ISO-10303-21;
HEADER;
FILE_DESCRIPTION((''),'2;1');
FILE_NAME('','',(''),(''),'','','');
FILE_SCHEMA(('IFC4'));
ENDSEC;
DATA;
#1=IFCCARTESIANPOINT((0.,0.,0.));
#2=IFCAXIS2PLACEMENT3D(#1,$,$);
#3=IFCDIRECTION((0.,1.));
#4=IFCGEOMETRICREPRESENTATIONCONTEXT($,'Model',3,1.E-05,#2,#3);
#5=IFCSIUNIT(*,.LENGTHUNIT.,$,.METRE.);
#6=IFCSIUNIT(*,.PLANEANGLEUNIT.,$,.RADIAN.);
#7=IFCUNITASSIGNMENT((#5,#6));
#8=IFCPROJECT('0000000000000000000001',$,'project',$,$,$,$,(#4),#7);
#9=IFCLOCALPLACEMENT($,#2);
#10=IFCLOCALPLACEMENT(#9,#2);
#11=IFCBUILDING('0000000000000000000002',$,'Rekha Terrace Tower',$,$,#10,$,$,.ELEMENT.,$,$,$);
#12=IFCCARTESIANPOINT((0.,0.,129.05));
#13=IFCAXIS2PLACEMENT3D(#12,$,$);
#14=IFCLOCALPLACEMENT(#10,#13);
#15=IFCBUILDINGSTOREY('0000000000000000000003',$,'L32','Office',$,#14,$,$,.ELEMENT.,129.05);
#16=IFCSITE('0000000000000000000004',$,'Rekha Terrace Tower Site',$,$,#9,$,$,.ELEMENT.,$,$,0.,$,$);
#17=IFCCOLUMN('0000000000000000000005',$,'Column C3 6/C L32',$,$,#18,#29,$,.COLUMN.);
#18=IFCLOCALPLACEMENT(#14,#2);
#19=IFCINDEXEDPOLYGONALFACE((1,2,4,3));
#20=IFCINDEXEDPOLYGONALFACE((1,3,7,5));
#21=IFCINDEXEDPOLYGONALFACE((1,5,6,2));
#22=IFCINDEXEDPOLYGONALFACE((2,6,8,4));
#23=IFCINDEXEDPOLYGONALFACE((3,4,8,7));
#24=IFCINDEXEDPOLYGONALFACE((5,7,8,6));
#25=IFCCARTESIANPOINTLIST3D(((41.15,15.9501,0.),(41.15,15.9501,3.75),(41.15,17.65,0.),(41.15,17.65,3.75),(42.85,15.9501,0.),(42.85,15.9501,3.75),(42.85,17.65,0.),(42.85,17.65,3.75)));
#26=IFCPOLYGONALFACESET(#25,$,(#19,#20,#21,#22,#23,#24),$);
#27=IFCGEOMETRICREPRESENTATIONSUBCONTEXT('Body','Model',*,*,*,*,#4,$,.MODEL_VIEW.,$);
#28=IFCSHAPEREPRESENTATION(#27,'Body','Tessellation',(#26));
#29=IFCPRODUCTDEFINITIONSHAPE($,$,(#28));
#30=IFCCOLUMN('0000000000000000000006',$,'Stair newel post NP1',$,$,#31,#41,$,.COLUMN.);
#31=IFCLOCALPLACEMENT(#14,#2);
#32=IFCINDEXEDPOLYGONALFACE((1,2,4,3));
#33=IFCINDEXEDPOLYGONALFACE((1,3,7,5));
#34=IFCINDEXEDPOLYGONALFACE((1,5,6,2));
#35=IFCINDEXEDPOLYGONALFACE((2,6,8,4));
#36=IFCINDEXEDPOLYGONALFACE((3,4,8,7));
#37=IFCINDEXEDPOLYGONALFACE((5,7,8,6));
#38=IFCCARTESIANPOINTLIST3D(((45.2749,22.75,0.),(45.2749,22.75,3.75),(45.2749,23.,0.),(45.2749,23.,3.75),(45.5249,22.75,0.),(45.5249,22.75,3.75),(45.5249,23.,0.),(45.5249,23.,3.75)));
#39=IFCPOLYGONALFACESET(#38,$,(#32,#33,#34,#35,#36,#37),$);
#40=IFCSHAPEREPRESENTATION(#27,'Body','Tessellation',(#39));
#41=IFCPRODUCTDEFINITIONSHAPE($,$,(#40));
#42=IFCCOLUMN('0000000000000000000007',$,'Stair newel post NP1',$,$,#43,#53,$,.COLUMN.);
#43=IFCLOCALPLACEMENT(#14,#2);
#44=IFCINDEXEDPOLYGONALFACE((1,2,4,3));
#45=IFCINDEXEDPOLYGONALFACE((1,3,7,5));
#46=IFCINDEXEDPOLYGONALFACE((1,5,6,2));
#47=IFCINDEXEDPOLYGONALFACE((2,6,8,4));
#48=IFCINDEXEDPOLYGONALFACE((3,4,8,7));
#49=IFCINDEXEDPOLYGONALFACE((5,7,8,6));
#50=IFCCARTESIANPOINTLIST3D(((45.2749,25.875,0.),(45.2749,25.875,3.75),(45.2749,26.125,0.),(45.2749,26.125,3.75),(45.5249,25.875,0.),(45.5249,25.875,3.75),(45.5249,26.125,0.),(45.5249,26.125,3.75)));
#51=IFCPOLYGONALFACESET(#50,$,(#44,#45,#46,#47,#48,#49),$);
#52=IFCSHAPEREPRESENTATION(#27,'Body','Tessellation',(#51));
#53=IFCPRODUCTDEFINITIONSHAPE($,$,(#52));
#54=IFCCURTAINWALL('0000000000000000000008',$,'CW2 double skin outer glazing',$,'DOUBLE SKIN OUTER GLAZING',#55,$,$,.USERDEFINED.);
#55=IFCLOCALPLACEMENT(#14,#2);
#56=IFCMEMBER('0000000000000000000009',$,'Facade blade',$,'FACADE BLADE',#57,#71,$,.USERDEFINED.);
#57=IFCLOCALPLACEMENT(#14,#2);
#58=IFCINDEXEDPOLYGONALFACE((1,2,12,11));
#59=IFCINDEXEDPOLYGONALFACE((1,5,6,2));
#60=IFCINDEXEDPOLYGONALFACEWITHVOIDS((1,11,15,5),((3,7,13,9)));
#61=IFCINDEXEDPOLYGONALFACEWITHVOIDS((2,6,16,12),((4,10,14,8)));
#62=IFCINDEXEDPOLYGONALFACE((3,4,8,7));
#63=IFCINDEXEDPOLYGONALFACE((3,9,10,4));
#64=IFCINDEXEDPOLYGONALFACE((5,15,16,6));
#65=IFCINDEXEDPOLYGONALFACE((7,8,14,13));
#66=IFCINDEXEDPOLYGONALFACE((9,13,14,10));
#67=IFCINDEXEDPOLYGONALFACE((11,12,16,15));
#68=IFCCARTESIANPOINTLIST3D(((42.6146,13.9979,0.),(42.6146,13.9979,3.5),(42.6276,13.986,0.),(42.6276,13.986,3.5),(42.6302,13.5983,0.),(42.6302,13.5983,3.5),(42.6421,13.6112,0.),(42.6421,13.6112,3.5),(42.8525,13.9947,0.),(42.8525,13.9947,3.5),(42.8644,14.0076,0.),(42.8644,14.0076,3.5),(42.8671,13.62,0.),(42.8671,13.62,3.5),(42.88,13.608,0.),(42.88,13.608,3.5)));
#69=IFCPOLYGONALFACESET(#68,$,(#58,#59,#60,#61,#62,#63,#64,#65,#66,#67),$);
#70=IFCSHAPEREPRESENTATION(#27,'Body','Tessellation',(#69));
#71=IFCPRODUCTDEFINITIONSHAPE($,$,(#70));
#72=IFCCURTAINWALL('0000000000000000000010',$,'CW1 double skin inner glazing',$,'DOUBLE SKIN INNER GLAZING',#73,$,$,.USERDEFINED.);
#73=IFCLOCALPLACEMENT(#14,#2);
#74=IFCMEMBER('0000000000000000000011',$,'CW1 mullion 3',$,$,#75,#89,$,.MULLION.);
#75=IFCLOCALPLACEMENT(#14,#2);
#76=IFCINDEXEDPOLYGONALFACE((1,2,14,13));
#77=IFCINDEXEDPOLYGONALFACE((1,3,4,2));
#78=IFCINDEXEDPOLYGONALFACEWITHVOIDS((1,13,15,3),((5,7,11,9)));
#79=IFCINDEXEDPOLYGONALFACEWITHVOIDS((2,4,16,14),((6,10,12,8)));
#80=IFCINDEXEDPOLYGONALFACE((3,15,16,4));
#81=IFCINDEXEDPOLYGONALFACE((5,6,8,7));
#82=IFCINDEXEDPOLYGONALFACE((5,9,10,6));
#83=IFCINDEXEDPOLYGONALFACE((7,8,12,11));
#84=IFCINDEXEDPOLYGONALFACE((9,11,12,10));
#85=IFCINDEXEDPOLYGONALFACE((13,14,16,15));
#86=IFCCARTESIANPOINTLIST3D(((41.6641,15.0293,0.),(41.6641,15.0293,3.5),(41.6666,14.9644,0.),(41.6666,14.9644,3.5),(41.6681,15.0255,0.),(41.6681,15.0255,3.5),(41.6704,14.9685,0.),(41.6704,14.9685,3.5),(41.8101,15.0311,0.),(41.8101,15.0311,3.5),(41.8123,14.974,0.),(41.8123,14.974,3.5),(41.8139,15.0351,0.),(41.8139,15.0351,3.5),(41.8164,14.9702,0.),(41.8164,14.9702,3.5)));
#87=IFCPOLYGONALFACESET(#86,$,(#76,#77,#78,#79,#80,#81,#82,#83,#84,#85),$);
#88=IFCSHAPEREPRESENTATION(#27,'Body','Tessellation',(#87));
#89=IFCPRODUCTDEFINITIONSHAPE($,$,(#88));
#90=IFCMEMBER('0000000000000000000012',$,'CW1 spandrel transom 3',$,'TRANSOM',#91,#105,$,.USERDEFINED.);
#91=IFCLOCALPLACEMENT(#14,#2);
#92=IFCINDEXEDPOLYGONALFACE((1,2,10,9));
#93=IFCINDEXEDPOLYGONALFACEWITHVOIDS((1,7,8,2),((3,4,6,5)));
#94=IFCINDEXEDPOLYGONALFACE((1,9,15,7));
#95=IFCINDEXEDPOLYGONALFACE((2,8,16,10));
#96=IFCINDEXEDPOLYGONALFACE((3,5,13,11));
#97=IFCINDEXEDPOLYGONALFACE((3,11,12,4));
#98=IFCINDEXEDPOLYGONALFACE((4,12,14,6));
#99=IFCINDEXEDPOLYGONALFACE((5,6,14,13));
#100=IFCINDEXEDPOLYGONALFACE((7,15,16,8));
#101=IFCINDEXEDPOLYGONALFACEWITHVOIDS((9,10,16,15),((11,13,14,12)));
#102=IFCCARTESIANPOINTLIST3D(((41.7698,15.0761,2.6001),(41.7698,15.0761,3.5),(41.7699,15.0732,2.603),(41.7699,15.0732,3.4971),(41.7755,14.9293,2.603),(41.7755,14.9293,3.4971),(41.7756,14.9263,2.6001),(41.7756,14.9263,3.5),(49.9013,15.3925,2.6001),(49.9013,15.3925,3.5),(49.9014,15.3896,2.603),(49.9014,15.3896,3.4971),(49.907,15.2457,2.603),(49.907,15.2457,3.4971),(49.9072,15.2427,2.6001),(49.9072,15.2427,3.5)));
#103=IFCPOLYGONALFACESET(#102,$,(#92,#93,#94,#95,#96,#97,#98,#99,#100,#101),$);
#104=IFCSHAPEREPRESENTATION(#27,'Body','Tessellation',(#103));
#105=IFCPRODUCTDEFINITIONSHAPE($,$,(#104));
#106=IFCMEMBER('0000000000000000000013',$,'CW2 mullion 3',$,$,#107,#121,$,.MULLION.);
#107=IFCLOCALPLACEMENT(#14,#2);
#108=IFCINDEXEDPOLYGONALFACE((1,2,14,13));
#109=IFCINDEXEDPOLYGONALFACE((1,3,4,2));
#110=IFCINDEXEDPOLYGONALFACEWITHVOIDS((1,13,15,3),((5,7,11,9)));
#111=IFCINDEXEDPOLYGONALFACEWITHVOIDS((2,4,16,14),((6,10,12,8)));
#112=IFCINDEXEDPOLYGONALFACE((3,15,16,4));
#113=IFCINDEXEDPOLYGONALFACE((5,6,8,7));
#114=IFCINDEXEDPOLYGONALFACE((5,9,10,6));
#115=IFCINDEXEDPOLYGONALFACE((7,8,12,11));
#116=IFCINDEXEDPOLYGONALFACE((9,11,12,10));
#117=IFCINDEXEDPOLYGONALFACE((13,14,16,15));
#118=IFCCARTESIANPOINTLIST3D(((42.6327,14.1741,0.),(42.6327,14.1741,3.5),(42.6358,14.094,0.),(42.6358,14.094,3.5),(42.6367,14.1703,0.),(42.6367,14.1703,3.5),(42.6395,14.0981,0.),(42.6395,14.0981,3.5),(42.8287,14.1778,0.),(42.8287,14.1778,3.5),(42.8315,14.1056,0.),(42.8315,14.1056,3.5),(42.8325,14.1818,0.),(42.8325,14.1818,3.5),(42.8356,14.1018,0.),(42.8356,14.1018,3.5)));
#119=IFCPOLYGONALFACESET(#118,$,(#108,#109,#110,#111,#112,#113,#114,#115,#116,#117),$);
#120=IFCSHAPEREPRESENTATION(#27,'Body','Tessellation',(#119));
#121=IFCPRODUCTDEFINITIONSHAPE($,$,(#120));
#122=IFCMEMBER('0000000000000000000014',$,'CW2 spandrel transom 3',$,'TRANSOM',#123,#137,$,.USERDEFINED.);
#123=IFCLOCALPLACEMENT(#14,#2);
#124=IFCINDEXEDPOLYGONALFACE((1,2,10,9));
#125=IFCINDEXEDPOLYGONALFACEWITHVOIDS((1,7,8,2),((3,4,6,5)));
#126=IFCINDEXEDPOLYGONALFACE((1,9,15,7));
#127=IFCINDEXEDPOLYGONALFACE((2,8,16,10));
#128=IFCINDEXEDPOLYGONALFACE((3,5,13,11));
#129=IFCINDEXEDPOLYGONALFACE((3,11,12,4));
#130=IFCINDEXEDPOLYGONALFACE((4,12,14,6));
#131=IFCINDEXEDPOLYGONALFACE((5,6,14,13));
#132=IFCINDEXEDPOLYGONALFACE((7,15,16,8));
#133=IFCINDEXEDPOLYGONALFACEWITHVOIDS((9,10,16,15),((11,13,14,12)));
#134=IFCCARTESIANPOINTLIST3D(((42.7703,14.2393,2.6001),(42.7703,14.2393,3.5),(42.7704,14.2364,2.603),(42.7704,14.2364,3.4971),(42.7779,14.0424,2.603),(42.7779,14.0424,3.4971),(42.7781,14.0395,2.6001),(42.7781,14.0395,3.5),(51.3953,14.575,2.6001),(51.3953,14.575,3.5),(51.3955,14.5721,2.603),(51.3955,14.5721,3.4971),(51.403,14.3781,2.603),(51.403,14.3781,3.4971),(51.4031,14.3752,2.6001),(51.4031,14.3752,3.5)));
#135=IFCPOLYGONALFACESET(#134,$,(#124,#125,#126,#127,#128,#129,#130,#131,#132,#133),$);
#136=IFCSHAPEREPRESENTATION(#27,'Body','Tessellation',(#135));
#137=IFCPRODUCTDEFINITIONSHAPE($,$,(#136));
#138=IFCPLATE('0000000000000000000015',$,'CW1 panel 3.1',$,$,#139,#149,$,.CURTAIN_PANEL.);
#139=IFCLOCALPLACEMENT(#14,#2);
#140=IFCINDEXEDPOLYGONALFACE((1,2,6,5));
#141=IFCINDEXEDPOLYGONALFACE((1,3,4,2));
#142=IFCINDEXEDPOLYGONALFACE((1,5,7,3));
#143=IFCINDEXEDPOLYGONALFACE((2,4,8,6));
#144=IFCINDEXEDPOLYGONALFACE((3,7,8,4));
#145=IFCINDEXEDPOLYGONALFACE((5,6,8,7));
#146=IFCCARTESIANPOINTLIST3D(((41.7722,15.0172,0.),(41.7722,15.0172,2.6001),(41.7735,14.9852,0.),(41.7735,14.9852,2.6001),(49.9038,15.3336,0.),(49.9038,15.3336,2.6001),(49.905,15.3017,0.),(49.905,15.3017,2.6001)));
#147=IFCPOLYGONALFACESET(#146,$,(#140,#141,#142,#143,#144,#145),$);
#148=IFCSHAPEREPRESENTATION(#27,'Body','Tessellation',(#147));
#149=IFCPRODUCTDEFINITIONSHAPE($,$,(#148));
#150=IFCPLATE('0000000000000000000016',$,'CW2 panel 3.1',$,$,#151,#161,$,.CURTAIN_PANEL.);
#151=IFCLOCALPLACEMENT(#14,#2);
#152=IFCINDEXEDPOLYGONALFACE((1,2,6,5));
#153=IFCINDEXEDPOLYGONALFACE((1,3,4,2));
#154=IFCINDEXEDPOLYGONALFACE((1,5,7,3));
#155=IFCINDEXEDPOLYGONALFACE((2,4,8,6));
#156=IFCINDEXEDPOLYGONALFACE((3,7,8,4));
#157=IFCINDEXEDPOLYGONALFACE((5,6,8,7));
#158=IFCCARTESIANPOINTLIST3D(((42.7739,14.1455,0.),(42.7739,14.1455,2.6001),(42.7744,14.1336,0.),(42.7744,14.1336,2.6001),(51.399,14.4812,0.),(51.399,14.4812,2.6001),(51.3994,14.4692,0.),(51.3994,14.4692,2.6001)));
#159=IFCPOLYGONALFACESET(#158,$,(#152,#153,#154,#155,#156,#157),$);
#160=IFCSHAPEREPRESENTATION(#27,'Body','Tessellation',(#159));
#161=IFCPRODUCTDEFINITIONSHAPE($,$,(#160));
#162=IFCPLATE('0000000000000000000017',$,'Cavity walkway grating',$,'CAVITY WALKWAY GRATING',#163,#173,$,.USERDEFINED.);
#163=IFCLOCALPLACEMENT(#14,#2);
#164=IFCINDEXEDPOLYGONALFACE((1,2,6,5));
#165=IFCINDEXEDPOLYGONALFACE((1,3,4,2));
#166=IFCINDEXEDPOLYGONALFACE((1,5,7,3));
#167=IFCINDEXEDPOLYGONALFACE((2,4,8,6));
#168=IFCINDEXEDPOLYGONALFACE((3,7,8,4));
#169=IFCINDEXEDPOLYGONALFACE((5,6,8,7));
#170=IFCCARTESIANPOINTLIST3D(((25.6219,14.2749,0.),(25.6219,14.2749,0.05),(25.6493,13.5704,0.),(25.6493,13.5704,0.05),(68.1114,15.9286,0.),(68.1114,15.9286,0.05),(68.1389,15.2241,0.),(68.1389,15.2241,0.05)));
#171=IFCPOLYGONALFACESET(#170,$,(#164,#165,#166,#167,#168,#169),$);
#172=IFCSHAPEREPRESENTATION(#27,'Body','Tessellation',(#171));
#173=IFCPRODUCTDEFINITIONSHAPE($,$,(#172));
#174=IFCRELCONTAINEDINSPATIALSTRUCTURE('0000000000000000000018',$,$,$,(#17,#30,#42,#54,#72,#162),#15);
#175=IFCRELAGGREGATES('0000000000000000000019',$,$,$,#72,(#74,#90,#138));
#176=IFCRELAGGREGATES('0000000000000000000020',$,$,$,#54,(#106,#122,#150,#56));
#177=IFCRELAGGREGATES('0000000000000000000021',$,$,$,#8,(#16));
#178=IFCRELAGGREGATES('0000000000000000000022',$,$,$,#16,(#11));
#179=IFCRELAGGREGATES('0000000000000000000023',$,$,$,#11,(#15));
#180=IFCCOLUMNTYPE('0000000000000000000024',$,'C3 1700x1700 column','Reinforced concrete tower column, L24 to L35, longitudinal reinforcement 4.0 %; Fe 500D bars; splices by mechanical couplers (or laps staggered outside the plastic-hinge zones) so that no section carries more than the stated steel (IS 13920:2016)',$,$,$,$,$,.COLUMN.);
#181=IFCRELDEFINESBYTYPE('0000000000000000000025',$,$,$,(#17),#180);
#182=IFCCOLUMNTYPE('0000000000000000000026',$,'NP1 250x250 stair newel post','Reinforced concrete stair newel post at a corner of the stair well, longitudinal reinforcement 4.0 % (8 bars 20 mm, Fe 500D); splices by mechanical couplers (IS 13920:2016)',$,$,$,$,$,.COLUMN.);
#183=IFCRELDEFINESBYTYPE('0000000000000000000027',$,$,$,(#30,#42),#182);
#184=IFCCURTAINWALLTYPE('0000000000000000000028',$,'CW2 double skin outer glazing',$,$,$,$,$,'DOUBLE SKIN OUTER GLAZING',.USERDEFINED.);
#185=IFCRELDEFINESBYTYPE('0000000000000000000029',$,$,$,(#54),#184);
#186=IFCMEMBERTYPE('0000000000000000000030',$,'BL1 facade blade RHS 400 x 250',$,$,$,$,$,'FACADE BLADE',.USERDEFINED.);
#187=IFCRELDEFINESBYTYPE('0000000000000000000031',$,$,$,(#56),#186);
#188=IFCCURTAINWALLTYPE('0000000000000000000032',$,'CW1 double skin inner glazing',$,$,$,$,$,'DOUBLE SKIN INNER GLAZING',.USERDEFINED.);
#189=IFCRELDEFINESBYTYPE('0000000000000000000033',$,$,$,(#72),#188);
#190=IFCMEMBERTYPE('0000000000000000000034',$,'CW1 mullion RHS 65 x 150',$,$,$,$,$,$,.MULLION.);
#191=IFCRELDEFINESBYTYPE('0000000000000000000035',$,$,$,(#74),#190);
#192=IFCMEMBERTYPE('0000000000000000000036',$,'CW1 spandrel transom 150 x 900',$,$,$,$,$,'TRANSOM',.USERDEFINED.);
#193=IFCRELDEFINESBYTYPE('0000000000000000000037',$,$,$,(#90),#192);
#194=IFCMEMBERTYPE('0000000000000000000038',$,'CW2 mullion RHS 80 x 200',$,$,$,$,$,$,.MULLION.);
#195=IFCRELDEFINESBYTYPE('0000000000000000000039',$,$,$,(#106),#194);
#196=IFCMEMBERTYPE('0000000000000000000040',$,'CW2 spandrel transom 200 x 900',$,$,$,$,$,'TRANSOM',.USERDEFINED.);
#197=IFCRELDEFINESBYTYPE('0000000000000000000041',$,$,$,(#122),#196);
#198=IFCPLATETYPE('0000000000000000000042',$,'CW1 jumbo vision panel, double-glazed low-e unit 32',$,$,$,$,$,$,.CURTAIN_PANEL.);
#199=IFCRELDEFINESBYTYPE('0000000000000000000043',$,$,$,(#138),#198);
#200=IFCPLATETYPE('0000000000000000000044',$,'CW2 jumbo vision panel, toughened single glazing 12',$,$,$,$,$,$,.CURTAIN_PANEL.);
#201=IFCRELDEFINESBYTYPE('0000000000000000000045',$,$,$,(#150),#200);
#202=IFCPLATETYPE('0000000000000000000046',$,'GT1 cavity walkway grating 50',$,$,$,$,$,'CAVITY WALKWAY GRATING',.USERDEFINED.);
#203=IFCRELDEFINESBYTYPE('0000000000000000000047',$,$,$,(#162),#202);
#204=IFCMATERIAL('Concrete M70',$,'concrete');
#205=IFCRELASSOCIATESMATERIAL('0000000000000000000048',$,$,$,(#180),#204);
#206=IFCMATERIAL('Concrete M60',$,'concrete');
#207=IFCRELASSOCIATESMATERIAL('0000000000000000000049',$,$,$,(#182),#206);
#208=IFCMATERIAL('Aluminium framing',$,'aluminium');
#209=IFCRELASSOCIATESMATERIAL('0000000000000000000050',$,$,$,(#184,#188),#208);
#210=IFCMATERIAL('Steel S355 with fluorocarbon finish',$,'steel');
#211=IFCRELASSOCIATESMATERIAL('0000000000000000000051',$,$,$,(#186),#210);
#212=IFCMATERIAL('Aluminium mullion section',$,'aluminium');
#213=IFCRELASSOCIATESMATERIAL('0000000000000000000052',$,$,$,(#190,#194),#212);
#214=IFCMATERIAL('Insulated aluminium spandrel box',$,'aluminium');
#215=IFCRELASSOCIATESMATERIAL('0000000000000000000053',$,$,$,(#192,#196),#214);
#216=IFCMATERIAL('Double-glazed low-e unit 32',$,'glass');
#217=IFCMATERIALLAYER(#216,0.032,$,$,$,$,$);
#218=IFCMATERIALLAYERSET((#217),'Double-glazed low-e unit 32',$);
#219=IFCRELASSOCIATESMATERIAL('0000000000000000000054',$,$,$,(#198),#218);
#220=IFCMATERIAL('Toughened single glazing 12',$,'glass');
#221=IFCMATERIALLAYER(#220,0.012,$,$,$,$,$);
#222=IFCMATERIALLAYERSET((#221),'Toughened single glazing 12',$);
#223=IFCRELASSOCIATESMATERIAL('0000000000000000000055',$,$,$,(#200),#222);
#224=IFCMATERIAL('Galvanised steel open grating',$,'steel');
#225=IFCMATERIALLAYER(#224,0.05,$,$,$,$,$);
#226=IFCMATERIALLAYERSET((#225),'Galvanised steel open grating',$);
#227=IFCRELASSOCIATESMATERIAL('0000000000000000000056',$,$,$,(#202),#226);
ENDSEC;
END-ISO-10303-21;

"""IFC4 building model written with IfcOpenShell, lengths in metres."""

from ifc_helpers import new_model, si_unit, direction, frame, origin, origin_2d, place, context, subcontext, project, spatial, rectangle, hollow_rectangle, extrude, material, layer, layer_set, material_profile, profile_set, type_object, element, aggregate, save


model = new_model("IFC4")

# Units and contexts
model_context = context("Model", 3, precision=1e-05, world=origin(), true_north=direction((0.0, 1.0)))
body_context = subcontext(model_context, "Body", "Model", "MODEL_VIEW")
ifc_project = project(units=[si_unit("LENGTHUNIT", "METRE"), si_unit("PLANEANGLEUNIT", "RADIAN")], contexts=[model_context])

# Site, building, storey
site_placement = place(None, origin())
site = spatial("IfcSite", under=ifc_project, at=site_placement, Name="Rekha Terrace Tower Site", CompositionType="ELEMENT", RefElevation=0.0)
building_placement = place(site_placement, origin())
building = spatial("IfcBuilding", under=site, at=building_placement, Name="Rekha Terrace Tower", CompositionType="ELEMENT")
storey_placement = place(building_placement, frame((0.0, 0.0, 129.05)))
storey = spatial("IfcBuildingStorey", under=building, at=storey_placement, Name="L32", Description="Office", CompositionType="ELEMENT", Elevation=129.05)

# Columns
ifc_material_1 = material(Name="Concrete M70", Category="concrete")
ifc_material_profile_1 = material_profile(ifc_material_1, rectangle(XDim=1.7, YDim=1.7, at=origin_2d()), Name="RC 1700x1700")
ifc_profile_set_1 = profile_set([ifc_material_profile_1], Name="Concrete M70")
column_type_1 = type_object("IfcColumnType", Name="C3 1700x1700 column", Description="Reinforced concrete tower column, L24 to L35, longitudinal reinforcement 4.0 %; Fe 500D bars; splices by mechanical couplers (or laps staggered outside the plastic-hinge zones) so that no section carries more than the stated steel (IS 13920:2016)", PredefinedType="COLUMN", material=ifc_profile_set_1)
column_placement = place(storey_placement, frame((42.0, 16.8, 0.0), z_axis=(0.0, 0.0, 1.0), x_axis=(1.0, 0.0, 0.0)))
element("IfcColumn", 1, at=column_placement, inside=storey, type_object=column_type_1, Name="Column C3 6/C L32", PredefinedType="COLUMN", context=body_context, shape_type="SweptSolid", body=[
    extrude(rectangle(XDim=1.7, YDim=1.7, at=origin_2d()), origin(), (0.0, 0.0, 1.0), 3.75),
])
ifc_material_2 = material(Name="Concrete M60", Category="concrete")
ifc_material_profile_2 = material_profile(ifc_material_2, rectangle(XDim=0.25, YDim=0.25, at=origin_2d()), Name="RC 250x250")
ifc_profile_set_2 = profile_set([ifc_material_profile_2], Name="Concrete M60")
column_type_2 = type_object("IfcColumnType", Name="NP1 250x250 stair newel post", Description="Reinforced concrete stair newel post at a corner of the stair well, longitudinal reinforcement 4.0 % (8 bars 20 mm, Fe 500D); splices by mechanical couplers (IS 13920:2016)", PredefinedType="COLUMN", material=ifc_profile_set_2)
for number, where, z_axis, x_axis, name in (
    (2, (45.3999, 22.875, 0.0), (0.0, 0.0, 1.0), (1.0, 0.0, 0.0), "Stair newel post NP1"),
    (3, (45.3999, 26.0, 0.0), (0.0, 0.0, 1.0), (1.0, 0.0, 0.0), "Stair newel post NP1"),
):
    element("IfcColumn", number, at=place(storey_placement, frame(where, z_axis=z_axis, x_axis=x_axis)), inside=storey, type_object=column_type_2, Name=name, PredefinedType="COLUMN", context=body_context, shape_type="SweptSolid", body=[
        extrude(rectangle(XDim=0.25, YDim=0.25, at=origin_2d()), origin(), (0.0, 0.0, 1.0), 3.75),
    ])

# Curtain wall, member
ifc_material_3 = material(Name="Aluminium framing", Category="aluminium")
curtain_wall_type_1 = type_object("IfcCurtainWallType", Name="CW2 double skin outer glazing", ElementType="DOUBLE SKIN OUTER GLAZING", PredefinedType="USERDEFINED", material=ifc_material_3)
curtain_wall_1_placement = place(storey_placement, origin())
curtain_wall_1 = element("IfcCurtainWall", 4, at=curtain_wall_1_placement, inside=storey, type_object=curtain_wall_type_1, Name="CW2 double skin outer glazing", ObjectType="DOUBLE SKIN OUTER GLAZING", PredefinedType="USERDEFINED")
ifc_material_4 = material(Name="Steel S355 with fluorocarbon finish", Category="steel")
ifc_material_profile_3 = material_profile(ifc_material_4, hollow_rectangle(XDim=0.25, YDim=0.3999, WallThickness=0.0125, at=origin_2d()), Name="RHS400x250x12.5")
ifc_profile_set_3 = profile_set([ifc_material_profile_3], Name="Steel S355 with fluorocarbon finish")
member_type_1 = type_object("IfcMemberType", Name="BL1 facade blade RHS 400 x 250", ElementType="FACADE BLADE", PredefinedType="USERDEFINED", material=ifc_profile_set_3)
member_1_placement = place(storey_placement, frame((42.7473, 13.803, 0.0), z_axis=(0.0, 0.0, 1.0), x_axis=(0.999243, 0.03889, 0.0)))
member_1 = element("IfcMember", 5, at=member_1_placement, type_object=member_type_1, Name="Facade blade", ObjectType="FACADE BLADE", PredefinedType="USERDEFINED", context=body_context, shape_type="SweptSolid", body=[
    extrude(hollow_rectangle(XDim=0.25, YDim=0.3999, WallThickness=0.0125, at=origin_2d()), origin(), (0.0, 0.0, 1.0), 3.5),
])

# Curtain wall, members
curtain_wall_type_2 = type_object("IfcCurtainWallType", Name="CW1 double skin inner glazing", ElementType="DOUBLE SKIN INNER GLAZING", PredefinedType="USERDEFINED", material=ifc_material_3)
curtain_wall_2_placement = place(storey_placement, origin())
curtain_wall_2 = element("IfcCurtainWall", 6, at=curtain_wall_2_placement, inside=storey, type_object=curtain_wall_type_2, Name="CW1 double skin inner glazing", ObjectType="DOUBLE SKIN INNER GLAZING", PredefinedType="USERDEFINED")
ifc_material_5 = material(Name="Aluminium mullion section", Category="aluminium")
ifc_material_profile_4 = material_profile(ifc_material_5, hollow_rectangle(XDim=0.0649, YDim=0.1499, WallThickness=0.0039, at=origin_2d()), Name="AL RHS 65x150")
ifc_profile_set_4 = profile_set([ifc_material_profile_4], Name="Aluminium mullion section")
member_type_2 = type_object("IfcMemberType", Name="CW1 mullion RHS 65 x 150", PredefinedType="MULLION", material=ifc_profile_set_4)
member_2_placement = place(storey_placement, frame((41.7402, 14.9998, 0.0), z_axis=(0.0, 0.0, 1.0), x_axis=(-0.03889, 0.999243, 0.0)))
member_2 = element("IfcMember", 7, at=member_2_placement, type_object=member_type_2, Name="CW1 mullion 3", PredefinedType="MULLION", context=body_context, shape_type="SweptSolid", body=[
    extrude(hollow_rectangle(XDim=0.0649, YDim=0.1499, WallThickness=0.0039, at=origin_2d()), origin(), (0.0, 0.0, 1.0), 3.5),
])
ifc_material_6 = material(Name="Insulated aluminium spandrel box", Category="aluminium")
ifc_material_profile_5 = material_profile(ifc_material_6, hollow_rectangle(XDim=0.1499, YDim=0.8999, WallThickness=0.0029, at=origin_2d()), Name="AL SPANDREL BOX 150x900")
ifc_profile_set_5 = profile_set([ifc_material_profile_5], Name="Insulated aluminium spandrel box")
member_type_3 = type_object("IfcMemberType", Name="CW1 spandrel transom 150 x 900", ElementType="TRANSOM", PredefinedType="USERDEFINED", material=ifc_profile_set_5)
member_3_placement = place(storey_placement, frame((41.7727, 15.0012, 3.05), z_axis=(0.999244, 0.038881, 0.0), x_axis=(-0.038881, 0.999244, 0.0)))
member_3 = element("IfcMember", 8, at=member_3_placement, type_object=member_type_3, Name="CW1 spandrel transom 3", ObjectType="TRANSOM", PredefinedType="USERDEFINED", context=body_context, shape_type="SweptSolid", body=[
    extrude(hollow_rectangle(XDim=0.1499, YDim=0.8999, WallThickness=0.0029, at=origin_2d()), origin(), (0.0, 0.0, 1.0), 8.1377),
])

# Members
ifc_material_profile_6 = material_profile(ifc_material_5, hollow_rectangle(XDim=0.0801, YDim=0.2, WallThickness=0.0039, at=origin_2d()), Name="AL RHS 80x200")
ifc_profile_set_6 = profile_set([ifc_material_profile_6], Name="Aluminium mullion section")
member_type_4 = type_object("IfcMemberType", Name="CW2 mullion RHS 80 x 200", PredefinedType="MULLION", material=ifc_profile_set_6)
member_4_placement = place(storey_placement, frame((42.7341, 14.1379, 0.0), z_axis=(0.0, 0.0, 1.0), x_axis=(-0.03889, 0.999243, 0.0)))
member_4 = element("IfcMember", 9, at=member_4_placement, type_object=member_type_4, Name="CW2 mullion 3", PredefinedType="MULLION", context=body_context, shape_type="SweptSolid", body=[
    extrude(hollow_rectangle(XDim=0.0801, YDim=0.2, WallThickness=0.0039, at=origin_2d()), origin(), (0.0, 0.0, 1.0), 3.5),
])
ifc_material_profile_7 = material_profile(ifc_material_6, hollow_rectangle(XDim=0.2, YDim=0.8999, WallThickness=0.0029, at=origin_2d()), Name="AL SPANDREL BOX 200x900")
ifc_profile_set_7 = profile_set([ifc_material_profile_7], Name="Insulated aluminium spandrel box")
member_type_5 = type_object("IfcMemberType", Name="CW2 spandrel transom 200 x 900", ElementType="TRANSOM", PredefinedType="USERDEFINED", material=ifc_profile_set_7)
member_5_placement = place(storey_placement, frame((42.7742, 14.1394, 3.05), z_axis=(0.999243, 0.038892, 0.0), x_axis=(-0.038892, 0.999243, 0.0)))
member_5 = element("IfcMember", 10, at=member_5_placement, type_object=member_type_5, Name="CW2 spandrel transom 3", ObjectType="TRANSOM", PredefinedType="USERDEFINED", context=body_context, shape_type="SweptSolid", body=[
    extrude(hollow_rectangle(XDim=0.2, YDim=0.8999, WallThickness=0.0029, at=origin_2d()), origin(), (0.0, 0.0, 1.0), 8.6316),
])

# Plates
ifc_material_7 = material(Name="Double-glazed low-e unit 32", Category="glass")
ifc_layer_1 = layer(ifc_material_7, 0.032)
ifc_layer_set_1 = layer_set([ifc_layer_1], Name="Double-glazed low-e unit 32")
plate_type_1 = type_object("IfcPlateType", Name="CW1 jumbo vision panel, double-glazed low-e unit 32", PredefinedType="CURTAIN_PANEL", material=ifc_layer_set_1)
plate_1_placement = place(storey_placement, frame((45.8386, 15.1594, 0.0), z_axis=(0.0, 0.0, 1.0), x_axis=(0.999243, 0.03889, 0.0)))
plate_1 = element("IfcPlate", 11, at=plate_1_placement, type_object=plate_type_1, Name="CW1 panel 3.1", PredefinedType="CURTAIN_PANEL", context=body_context, shape_type="SweptSolid", body=[
    extrude(rectangle(XDim=8.1377, YDim=0.032, at=origin_2d()), origin(), (0.0, 0.0, 1.0), 2.6001),
])
aggregate(curtain_wall_2, [member_2, member_3, plate_1])
ifc_material_8 = material(Name="Toughened single glazing 12", Category="glass")
ifc_layer_2 = layer(ifc_material_8, 0.012)
ifc_layer_set_2 = layer_set([ifc_layer_2], Name="Toughened single glazing 12")
plate_type_2 = type_object("IfcPlateType", Name="CW2 jumbo vision panel, toughened single glazing 12", PredefinedType="CURTAIN_PANEL", material=ifc_layer_set_2)
plate_2_placement = place(storey_placement, frame((47.0867, 14.3074, 0.0), z_axis=(0.0, 0.0, 1.0), x_axis=(0.999243, 0.03889, 0.0)))
plate_2 = element("IfcPlate", 12, at=plate_2_placement, type_object=plate_type_2, Name="CW2 panel 3.1", PredefinedType="CURTAIN_PANEL", context=body_context, shape_type="SweptSolid", body=[
    extrude(rectangle(XDim=8.6316, YDim=0.012, at=origin_2d()), origin(), (0.0, 0.0, 1.0), 2.6001),
])
aggregate(curtain_wall_1, [member_4, member_5, plate_2, member_1])
ifc_material_9 = material(Name="Galvanised steel open grating", Category="steel")
ifc_layer_3 = layer(ifc_material_9, 0.05)
ifc_layer_set_3 = layer_set([ifc_layer_3], Name="Galvanised steel open grating")
plate_type_3 = type_object("IfcPlateType", Name="GT1 cavity walkway grating 50", ElementType="CAVITY WALKWAY GRATING", PredefinedType="USERDEFINED", material=ifc_layer_set_3)
plate_3_placement = place(storey_placement, frame((46.8804, 14.7495, 0.0), z_axis=(0.0, 0.0, 1.0), x_axis=(0.999243, 0.03889, 0.0)))
element("IfcPlate", 13, at=plate_3_placement, inside=storey, type_object=plate_type_3, Name="Cavity walkway grating", ObjectType="CAVITY WALKWAY GRATING", PredefinedType="USERDEFINED", context=body_context, shape_type="SweptSolid", body=[
    extrude(rectangle(XDim=42.5217, YDim=0.7051, at=origin_2d()), origin(), (0.0, 0.0, 1.0), 0.05),
])

save(model, "model.ifc")
